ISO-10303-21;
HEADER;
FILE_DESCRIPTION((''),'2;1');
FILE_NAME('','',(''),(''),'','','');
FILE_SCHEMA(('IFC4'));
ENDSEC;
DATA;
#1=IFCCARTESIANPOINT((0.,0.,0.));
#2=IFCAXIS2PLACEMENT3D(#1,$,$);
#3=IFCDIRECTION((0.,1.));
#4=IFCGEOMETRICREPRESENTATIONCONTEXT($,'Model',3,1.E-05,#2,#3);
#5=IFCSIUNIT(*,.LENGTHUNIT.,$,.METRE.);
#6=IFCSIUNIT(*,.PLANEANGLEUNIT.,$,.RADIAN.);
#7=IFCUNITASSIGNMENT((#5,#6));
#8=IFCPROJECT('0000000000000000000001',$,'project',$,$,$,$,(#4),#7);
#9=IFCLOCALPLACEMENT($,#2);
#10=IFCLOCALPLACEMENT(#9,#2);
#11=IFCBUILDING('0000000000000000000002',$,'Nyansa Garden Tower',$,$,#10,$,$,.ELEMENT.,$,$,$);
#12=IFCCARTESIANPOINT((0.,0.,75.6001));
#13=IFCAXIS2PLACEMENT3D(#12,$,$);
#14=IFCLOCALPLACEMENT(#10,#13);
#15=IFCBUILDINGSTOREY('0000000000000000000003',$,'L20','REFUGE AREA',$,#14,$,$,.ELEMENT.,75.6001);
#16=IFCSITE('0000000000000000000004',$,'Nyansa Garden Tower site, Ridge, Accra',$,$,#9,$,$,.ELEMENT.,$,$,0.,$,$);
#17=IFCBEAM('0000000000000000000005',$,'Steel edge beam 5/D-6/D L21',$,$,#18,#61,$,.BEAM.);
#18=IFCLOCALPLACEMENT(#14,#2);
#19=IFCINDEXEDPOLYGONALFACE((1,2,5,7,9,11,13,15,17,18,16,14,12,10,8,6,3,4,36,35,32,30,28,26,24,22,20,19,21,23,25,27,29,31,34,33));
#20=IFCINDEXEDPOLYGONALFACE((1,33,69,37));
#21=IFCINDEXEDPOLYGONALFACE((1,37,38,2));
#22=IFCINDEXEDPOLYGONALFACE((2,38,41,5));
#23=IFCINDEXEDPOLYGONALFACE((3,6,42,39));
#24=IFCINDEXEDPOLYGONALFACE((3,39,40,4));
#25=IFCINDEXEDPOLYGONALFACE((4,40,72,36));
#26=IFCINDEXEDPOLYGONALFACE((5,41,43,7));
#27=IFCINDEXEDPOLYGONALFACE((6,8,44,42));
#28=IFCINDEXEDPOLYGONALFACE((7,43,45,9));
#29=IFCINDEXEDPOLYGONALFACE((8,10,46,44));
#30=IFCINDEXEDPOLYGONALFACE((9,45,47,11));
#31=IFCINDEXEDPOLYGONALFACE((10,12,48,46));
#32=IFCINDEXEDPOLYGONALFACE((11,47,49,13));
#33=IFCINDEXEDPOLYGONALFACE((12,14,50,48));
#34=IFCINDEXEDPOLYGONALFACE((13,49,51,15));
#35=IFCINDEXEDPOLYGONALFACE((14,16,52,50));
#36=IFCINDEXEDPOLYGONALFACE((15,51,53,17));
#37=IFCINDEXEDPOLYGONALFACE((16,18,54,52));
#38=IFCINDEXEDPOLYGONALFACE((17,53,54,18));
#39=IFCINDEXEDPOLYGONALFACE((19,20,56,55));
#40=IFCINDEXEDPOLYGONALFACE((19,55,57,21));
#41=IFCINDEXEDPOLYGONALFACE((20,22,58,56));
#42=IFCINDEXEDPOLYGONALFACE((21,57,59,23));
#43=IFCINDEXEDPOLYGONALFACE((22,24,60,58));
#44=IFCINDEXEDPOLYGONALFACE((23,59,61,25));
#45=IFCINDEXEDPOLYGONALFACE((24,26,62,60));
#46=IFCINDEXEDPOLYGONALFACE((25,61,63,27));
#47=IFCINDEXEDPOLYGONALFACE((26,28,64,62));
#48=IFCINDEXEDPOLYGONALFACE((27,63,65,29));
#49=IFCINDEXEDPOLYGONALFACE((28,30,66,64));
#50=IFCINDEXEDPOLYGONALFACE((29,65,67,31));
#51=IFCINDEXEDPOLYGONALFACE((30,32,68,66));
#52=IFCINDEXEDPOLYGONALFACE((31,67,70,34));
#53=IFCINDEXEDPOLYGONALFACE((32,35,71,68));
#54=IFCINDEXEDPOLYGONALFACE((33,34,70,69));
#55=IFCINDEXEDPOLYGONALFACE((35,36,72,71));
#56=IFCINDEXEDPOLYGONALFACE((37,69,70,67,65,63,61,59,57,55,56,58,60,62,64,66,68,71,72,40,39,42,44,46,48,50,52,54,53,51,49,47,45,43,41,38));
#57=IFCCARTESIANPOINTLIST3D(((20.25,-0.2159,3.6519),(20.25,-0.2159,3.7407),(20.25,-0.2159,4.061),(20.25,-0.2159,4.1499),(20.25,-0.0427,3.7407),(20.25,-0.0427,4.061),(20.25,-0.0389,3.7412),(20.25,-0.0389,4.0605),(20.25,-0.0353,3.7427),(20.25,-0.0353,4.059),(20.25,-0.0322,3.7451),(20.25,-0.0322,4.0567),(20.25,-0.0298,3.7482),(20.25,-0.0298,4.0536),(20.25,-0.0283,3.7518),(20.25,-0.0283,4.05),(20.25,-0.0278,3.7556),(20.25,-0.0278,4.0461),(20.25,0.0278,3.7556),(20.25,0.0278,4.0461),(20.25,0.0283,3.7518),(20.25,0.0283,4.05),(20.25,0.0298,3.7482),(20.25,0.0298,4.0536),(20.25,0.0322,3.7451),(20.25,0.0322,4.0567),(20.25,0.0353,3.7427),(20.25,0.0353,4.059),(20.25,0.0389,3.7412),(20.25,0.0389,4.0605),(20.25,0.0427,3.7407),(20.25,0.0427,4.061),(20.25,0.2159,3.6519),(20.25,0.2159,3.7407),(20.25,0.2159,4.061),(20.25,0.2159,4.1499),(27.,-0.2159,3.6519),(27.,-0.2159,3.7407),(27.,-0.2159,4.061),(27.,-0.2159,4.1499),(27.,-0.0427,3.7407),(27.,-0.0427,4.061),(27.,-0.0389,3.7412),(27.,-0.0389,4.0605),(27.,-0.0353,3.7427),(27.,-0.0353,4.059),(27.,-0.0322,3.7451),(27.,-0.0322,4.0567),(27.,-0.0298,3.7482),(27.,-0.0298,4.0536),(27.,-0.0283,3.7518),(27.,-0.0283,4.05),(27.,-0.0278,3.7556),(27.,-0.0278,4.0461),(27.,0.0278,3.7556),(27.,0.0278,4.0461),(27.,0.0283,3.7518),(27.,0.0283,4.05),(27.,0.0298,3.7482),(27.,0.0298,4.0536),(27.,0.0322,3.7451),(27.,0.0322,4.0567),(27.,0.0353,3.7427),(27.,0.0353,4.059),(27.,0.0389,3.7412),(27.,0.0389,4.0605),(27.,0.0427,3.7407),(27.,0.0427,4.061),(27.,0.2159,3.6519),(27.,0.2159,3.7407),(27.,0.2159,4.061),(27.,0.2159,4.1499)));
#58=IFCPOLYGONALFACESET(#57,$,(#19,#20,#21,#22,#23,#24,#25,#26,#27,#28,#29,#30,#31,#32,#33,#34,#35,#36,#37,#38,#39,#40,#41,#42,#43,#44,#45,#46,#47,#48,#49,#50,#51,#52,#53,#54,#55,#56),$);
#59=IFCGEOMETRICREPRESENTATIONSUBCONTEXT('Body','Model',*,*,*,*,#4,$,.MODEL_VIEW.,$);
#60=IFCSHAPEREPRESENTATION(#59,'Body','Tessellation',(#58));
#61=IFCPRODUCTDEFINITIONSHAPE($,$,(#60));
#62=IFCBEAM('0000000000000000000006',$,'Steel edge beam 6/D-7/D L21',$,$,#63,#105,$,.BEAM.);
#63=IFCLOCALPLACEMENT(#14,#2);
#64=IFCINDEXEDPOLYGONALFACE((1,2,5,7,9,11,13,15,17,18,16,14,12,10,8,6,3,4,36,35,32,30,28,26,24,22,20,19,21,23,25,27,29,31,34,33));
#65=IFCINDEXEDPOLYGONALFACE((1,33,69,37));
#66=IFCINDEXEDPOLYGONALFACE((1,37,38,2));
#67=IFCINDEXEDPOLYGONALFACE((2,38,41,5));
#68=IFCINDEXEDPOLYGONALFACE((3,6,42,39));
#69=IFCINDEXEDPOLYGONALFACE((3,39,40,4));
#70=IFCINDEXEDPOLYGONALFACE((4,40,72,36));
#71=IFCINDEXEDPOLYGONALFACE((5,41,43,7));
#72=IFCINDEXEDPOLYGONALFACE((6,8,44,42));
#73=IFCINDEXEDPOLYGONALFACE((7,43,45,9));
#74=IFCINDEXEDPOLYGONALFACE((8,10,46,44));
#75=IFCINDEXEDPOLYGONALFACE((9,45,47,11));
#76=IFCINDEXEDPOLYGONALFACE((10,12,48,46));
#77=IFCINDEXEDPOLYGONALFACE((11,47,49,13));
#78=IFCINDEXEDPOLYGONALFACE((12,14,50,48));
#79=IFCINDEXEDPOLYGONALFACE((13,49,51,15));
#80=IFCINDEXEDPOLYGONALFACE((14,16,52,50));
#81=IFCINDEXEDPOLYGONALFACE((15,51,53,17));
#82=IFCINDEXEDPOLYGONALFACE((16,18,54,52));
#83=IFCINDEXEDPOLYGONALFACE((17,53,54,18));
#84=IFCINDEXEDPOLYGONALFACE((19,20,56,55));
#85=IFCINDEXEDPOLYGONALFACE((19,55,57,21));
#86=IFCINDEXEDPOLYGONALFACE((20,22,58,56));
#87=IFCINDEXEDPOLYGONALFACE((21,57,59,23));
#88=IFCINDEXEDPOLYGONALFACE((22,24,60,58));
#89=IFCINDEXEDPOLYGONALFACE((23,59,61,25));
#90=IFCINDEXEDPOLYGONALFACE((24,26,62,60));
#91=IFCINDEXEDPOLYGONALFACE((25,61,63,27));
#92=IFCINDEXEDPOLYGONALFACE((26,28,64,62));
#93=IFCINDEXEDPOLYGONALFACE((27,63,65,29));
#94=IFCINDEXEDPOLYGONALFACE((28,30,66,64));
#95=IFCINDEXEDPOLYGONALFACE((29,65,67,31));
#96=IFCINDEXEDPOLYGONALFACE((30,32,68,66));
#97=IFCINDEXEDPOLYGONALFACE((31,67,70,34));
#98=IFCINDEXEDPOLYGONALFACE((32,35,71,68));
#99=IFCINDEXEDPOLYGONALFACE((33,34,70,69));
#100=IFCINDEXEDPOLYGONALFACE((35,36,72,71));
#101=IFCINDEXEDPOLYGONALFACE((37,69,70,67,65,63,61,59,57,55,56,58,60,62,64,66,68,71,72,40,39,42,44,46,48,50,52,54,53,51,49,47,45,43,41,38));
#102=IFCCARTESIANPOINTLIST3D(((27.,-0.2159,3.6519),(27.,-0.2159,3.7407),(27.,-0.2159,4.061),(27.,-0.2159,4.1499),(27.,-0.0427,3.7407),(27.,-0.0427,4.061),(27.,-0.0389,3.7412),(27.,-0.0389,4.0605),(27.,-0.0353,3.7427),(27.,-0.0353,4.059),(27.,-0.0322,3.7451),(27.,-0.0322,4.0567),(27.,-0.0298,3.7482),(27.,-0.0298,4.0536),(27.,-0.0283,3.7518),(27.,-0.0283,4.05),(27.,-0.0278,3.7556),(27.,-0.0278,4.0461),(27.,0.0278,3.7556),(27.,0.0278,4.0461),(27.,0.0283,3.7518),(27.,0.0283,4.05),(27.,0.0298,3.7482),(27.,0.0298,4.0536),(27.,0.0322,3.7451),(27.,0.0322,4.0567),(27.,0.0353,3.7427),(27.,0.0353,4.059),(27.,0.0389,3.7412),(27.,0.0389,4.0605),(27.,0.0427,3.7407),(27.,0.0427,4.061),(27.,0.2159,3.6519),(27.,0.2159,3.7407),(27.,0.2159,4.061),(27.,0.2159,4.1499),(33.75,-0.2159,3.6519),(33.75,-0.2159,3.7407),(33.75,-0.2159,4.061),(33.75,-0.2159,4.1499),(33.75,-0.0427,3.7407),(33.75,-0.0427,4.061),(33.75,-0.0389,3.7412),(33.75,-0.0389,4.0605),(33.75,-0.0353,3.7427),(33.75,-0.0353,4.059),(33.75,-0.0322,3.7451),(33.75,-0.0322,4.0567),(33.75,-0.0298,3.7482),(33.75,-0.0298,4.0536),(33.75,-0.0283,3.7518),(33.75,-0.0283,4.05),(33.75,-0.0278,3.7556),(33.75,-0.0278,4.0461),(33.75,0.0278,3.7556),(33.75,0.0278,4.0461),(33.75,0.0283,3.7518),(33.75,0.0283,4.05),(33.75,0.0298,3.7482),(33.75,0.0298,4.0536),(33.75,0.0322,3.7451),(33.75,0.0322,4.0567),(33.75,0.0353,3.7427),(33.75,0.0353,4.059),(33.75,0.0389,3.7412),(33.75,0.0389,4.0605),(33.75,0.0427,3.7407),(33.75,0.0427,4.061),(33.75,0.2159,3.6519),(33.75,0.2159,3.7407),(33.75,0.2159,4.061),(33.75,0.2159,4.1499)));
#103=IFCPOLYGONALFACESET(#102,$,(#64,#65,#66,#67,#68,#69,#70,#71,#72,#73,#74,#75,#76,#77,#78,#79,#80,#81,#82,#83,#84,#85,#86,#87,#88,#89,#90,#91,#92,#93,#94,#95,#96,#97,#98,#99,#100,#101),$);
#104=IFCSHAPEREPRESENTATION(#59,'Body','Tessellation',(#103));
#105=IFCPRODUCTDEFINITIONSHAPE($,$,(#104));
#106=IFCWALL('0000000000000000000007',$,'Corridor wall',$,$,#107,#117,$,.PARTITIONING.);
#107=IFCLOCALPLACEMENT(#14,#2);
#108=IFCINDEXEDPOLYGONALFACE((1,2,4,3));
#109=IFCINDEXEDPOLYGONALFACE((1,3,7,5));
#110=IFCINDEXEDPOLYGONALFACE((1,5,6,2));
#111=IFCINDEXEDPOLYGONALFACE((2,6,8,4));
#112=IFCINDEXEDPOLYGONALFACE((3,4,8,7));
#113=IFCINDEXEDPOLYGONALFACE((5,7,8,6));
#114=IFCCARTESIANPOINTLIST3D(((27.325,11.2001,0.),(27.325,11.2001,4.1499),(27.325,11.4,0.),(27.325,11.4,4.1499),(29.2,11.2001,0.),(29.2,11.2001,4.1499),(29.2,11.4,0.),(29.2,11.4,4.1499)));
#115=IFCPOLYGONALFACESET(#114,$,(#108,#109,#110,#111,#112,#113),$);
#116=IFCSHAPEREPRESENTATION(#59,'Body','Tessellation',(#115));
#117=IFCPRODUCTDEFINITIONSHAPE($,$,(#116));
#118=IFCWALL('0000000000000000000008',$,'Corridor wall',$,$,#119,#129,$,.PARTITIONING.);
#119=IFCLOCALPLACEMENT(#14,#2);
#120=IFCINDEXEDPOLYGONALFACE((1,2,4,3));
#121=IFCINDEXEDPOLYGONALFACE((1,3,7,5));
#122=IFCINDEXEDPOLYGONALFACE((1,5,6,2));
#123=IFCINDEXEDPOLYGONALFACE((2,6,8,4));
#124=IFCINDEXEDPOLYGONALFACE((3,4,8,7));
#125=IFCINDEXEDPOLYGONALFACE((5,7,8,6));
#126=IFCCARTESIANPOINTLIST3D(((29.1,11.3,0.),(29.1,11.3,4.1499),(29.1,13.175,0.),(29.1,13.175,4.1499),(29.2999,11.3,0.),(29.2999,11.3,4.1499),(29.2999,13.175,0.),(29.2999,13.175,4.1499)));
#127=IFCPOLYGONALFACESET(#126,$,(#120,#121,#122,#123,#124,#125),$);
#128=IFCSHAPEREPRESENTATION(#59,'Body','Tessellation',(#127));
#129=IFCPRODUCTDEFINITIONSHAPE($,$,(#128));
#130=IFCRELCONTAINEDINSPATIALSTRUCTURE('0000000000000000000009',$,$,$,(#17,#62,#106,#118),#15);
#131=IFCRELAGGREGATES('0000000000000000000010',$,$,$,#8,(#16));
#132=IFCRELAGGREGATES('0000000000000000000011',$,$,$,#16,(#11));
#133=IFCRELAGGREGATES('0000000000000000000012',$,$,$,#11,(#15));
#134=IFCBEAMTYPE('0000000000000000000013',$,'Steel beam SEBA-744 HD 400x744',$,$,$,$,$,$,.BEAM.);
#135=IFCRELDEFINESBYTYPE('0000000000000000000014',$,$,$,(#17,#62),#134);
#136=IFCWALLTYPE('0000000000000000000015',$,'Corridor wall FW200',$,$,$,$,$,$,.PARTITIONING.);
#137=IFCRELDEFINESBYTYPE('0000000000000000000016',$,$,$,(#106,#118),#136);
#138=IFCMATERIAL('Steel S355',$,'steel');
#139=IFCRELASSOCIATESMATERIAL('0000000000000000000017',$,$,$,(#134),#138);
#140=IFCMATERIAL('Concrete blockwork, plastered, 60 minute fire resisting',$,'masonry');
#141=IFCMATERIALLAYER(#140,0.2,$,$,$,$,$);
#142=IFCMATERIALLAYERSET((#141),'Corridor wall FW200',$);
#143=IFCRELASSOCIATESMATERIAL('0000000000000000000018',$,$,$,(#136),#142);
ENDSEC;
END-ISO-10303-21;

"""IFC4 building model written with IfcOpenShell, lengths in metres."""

from ifc_helpers import new_model, si_unit, direction, frame, frame_2d, origin, origin_2d, place, context, subcontext, project, spatial, rectangle, i_section, extrude, material, layer, layer_set, material_profile, profile_set, type_object, element, save


model = new_model("IFC4")

# Units and contexts
model_context = context("Model", 3, precision=1e-05, world=origin(), true_north=direction((0.0, 1.0)))
body_context = subcontext(model_context, "Body", "Model", "MODEL_VIEW")
ifc_project = project(units=[si_unit("LENGTHUNIT", "METRE"), si_unit("PLANEANGLEUNIT", "RADIAN")], contexts=[model_context])

# Site, building, storey
site_placement = place(None, origin())
site = spatial("IfcSite", under=ifc_project, at=site_placement, Name="Nyansa Garden Tower site, Ridge, Accra", CompositionType="ELEMENT", RefElevation=0.0)
building_placement = place(site_placement, origin())
building = spatial("IfcBuilding", under=site, at=building_placement, Name="Nyansa Garden Tower", CompositionType="ELEMENT")
storey_placement = place(building_placement, frame((0.0, 0.0, 75.6001)))
storey = spatial("IfcBuildingStorey", under=building, at=storey_placement, Name="L20", Description="REFUGE AREA", CompositionType="ELEMENT", Elevation=75.6001)

# Beams
ifc_material_1 = material(Name="Steel S355", Category="steel")
ifc_material_profile_1 = material_profile(ifc_material_1, i_section(OverallWidth=0.4319, OverallDepth=0.498, WebThickness=0.0557, FlangeThickness=0.0889, FilletRadius=0.0149, at=origin_2d()), Name="HD 400x744")
ifc_profile_set_1 = profile_set([ifc_material_profile_1], Name="Steel S355")
beam_type_1 = type_object("IfcBeamType", Name="Steel beam SEBA-744 HD 400x744", PredefinedType="BEAM", material=ifc_profile_set_1)
for number, where, z_axis, x_axis, name in (
    (1, (20.25, 0.0, 3.9009), (1.0, 0.0, 0.0), (0.0, 1.0, 0.0), "Steel edge beam 5/D-6/D L21"),
    (2, (27.0, 0.0, 3.9009), (1.0, 0.0, 0.0), (0.0, 1.0, 0.0), "Steel edge beam 6/D-7/D L21"),
):
    element("IfcBeam", number, at=place(storey_placement, frame(where, z_axis=z_axis, x_axis=x_axis)), inside=storey, type_object=beam_type_1, Name=name, PredefinedType="BEAM", context=body_context, shape_type="SweptSolid", body=[
        extrude(i_section(OverallWidth=0.4319, OverallDepth=0.498, WebThickness=0.0557, FlangeThickness=0.0889, FilletRadius=0.0149, at=origin_2d()), origin(), (0.0, 0.0, 1.0), 6.75),
    ])

# Walls
ifc_material_2 = material(Name="Concrete blockwork, plastered, 60 minute fire resisting", Category="masonry")
ifc_layer = layer(ifc_material_2, 0.2)
ifc_layer_set = layer_set([ifc_layer], Name="Corridor wall FW200")
wall_type = type_object("IfcWallType", Name="Corridor wall FW200", PredefinedType="PARTITIONING", material=ifc_layer_set)
for number, where, z_axis, x_axis, name in (
    (3, (27.325, 11.3, 0.0), (0.0, 0.0, 1.0), (1.0, 0.0, 0.0), "Corridor wall"),
    (4, (29.2, 11.3, 0.0), (0.0, 0.0, 1.0), (0.0, 1.0, 0.0), "Corridor wall"),
):
    element("IfcWall", number, at=place(storey_placement, frame(where, z_axis=z_axis, x_axis=x_axis)), inside=storey, type_object=wall_type, Name=name, PredefinedType="PARTITIONING", context=body_context, shape_type="SweptSolid", body=[
        extrude(rectangle(XDim=1.875, YDim=0.2, at=frame_2d((0.9375, 0.0))), origin(), (0.0, 0.0, 1.0), 4.1499),
    ])

save(model, "model.ifc")
